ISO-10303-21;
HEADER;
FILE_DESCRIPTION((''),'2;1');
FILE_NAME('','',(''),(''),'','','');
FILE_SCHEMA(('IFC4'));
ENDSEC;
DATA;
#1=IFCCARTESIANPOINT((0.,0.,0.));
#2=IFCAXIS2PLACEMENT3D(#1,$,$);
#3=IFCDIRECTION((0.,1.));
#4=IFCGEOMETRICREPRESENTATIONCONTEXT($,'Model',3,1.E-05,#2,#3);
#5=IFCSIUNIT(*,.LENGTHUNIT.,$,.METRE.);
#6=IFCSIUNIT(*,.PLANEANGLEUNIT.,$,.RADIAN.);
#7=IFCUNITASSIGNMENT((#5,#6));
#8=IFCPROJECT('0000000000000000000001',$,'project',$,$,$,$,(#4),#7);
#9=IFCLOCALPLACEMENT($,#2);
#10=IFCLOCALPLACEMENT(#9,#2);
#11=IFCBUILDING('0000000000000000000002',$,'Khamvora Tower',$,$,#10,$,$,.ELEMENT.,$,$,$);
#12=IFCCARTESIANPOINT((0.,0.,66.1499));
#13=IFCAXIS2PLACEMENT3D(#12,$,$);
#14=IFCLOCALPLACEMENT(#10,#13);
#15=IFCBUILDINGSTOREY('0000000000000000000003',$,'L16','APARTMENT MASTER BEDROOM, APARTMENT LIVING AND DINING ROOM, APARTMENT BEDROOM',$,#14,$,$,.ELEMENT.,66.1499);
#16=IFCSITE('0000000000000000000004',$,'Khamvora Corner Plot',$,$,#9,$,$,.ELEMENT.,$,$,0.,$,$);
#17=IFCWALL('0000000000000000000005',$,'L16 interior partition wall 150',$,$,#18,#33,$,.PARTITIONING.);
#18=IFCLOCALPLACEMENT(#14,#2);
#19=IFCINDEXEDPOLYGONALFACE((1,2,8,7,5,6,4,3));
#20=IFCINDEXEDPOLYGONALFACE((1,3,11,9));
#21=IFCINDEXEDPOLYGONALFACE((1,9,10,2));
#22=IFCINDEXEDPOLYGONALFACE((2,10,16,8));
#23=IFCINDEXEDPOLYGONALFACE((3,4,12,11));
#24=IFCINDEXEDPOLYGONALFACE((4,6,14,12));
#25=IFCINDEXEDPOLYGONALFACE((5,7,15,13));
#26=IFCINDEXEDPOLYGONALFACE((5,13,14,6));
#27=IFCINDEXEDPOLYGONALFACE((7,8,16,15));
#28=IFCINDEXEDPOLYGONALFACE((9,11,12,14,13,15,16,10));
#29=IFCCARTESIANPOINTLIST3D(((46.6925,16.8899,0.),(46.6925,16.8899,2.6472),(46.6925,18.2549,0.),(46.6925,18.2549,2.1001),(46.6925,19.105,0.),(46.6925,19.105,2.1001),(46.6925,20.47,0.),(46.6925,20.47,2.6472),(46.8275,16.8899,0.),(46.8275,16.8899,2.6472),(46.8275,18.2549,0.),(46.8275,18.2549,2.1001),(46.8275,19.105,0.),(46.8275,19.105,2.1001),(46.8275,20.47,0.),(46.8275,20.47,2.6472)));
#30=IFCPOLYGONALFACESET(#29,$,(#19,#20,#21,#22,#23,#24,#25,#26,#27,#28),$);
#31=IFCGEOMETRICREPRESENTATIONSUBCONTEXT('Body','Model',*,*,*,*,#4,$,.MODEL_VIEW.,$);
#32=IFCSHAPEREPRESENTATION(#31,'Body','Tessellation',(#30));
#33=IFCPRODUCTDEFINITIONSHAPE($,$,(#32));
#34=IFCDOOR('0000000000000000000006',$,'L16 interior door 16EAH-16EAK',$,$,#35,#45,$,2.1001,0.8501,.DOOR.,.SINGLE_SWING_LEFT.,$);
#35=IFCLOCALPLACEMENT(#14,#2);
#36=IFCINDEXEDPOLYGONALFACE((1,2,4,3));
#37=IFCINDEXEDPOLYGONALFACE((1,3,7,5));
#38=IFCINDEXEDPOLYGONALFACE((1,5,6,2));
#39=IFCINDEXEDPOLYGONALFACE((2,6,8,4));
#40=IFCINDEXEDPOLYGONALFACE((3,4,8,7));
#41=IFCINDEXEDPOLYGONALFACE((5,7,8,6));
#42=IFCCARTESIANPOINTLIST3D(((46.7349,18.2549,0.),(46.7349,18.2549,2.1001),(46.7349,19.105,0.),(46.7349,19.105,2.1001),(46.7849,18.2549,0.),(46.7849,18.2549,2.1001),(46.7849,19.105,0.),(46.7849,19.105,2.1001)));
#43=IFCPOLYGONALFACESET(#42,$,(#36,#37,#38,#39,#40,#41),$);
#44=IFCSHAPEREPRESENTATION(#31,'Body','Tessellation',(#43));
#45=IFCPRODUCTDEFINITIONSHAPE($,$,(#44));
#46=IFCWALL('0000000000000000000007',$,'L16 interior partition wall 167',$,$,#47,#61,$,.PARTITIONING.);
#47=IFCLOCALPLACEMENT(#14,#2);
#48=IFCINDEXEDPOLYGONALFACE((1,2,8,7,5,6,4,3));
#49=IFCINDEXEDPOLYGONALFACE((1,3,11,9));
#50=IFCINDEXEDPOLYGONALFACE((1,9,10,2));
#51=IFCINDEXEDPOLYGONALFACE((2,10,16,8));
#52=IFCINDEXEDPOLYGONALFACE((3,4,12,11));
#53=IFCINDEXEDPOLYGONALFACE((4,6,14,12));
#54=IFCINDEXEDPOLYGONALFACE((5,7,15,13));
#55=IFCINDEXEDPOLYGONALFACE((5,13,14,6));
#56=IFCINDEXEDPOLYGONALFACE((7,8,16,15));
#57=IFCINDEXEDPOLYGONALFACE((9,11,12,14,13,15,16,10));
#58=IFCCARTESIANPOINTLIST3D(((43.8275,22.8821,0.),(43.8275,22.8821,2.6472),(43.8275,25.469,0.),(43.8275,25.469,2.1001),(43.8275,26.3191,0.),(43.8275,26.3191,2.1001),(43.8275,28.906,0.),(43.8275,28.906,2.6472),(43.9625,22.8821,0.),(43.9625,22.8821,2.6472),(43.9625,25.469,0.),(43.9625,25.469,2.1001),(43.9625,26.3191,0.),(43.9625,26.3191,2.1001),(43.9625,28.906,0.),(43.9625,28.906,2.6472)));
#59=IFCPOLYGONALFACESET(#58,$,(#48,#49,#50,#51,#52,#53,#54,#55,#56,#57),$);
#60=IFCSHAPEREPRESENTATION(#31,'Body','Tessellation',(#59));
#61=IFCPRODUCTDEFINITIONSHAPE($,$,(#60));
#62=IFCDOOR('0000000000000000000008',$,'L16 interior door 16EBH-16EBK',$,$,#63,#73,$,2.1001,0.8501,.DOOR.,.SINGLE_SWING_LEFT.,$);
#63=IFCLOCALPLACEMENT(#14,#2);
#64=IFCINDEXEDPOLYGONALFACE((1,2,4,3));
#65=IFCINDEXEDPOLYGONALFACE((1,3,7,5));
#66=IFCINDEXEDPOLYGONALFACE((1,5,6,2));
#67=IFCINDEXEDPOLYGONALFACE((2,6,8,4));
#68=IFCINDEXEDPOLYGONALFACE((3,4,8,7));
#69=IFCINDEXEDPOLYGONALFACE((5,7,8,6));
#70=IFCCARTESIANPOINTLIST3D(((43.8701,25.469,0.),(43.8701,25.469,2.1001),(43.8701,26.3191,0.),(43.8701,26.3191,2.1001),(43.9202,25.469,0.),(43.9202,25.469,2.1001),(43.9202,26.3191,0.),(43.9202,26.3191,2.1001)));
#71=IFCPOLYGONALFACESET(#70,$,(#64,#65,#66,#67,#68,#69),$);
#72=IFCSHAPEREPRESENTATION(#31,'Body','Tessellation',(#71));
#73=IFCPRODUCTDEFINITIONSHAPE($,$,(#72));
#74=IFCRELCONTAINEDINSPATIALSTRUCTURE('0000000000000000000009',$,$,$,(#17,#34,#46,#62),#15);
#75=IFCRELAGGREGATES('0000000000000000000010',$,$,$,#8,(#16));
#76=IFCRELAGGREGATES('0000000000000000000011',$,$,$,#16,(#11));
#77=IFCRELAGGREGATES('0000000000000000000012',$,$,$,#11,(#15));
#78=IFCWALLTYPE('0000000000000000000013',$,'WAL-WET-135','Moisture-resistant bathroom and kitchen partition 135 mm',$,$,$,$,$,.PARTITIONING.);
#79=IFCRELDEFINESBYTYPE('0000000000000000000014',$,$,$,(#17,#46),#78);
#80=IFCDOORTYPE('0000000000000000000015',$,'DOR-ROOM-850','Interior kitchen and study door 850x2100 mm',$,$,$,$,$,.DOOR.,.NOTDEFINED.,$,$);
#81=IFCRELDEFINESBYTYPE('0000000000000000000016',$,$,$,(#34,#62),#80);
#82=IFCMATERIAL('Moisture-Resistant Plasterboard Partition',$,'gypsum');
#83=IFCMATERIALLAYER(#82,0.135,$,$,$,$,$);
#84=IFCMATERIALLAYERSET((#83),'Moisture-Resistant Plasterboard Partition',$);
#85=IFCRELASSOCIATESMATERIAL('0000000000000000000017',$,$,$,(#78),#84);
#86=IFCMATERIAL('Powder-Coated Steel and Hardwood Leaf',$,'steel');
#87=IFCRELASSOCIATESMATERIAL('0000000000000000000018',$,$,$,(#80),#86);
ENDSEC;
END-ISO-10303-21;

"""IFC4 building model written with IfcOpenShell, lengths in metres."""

from ifc_helpers import new_model, si_unit, direction, frame, frame_2d, origin, place, context, subcontext, project, spatial, rectangle, extrude, material, layer, layer_set, type_object, element, fill, save


model = new_model("IFC4")

# Units and contexts
model_context = context("Model", 3, precision=1e-05, world=origin(), true_north=direction((0.0, 1.0)))
body_context = subcontext(model_context, "Body", "Model", "MODEL_VIEW")
ifc_project = project(units=[si_unit("LENGTHUNIT", "METRE"), si_unit("PLANEANGLEUNIT", "RADIAN")], contexts=[model_context])

# Site, building, storey
site_placement = place(None, origin())
site = spatial("IfcSite", under=ifc_project, at=site_placement, Name="Khamvora Corner Plot", CompositionType="ELEMENT", RefElevation=0.0)
building_placement = place(site_placement, origin())
building = spatial("IfcBuilding", under=site, at=building_placement, Name="Khamvora Tower", CompositionType="ELEMENT")
storey_placement = place(building_placement, frame((0.0, 0.0, 66.1499)))
storey = spatial("IfcBuildingStorey", under=building, at=storey_placement, Name="L16", Description="APARTMENT MASTER BEDROOM, APARTMENT LIVING AND DINING ROOM, APARTMENT BEDROOM", CompositionType="ELEMENT", Elevation=66.1499)

# Shared definitions
ifc_material_1 = material(Name="Powder-Coated Steel and Hardwood Leaf", Category="steel")

# Walls, openings, doors
ifc_material_2 = material(Name="Moisture-Resistant Plasterboard Partition", Category="gypsum")
ifc_layer_1 = layer(ifc_material_2, 0.135)
ifc_layer_set_1 = layer_set([ifc_layer_1], Name="Moisture-Resistant Plasterboard Partition")
wall_type_1 = type_object("IfcWallType", Name="WAL-WET-135", Description="Moisture-resistant bathroom and kitchen partition 135 mm", PredefinedType="PARTITIONING", material=ifc_layer_set_1)
wall_1_placement = place(storey_placement, frame((46.76, 20.47, 0.0), z_axis=(0.0, 0.0, 1.0), x_axis=(0.0, -1.0, 0.0)))
wall_1 = element("IfcWall", 1, at=wall_1_placement, inside=storey, type_object=wall_type_1, Name="L16 interior partition wall 150", PredefinedType="PARTITIONING", context=body_context, shape_type="SweptSolid", body=[
    extrude(rectangle(XDim=3.5801, YDim=0.135, at=frame_2d((1.79, 0.0))), origin(), (0.0, 0.0, 1.0), 2.6472),
])
opening_1_placement = place(wall_1_placement, frame((1.365, 0.0, 0.0)))
opening_1 = element("IfcOpeningElement", 2, at=opening_1_placement, cuts=wall_1, PredefinedType="OPENING", context=body_context, shape_type="SweptSolid", body=[
    extrude(rectangle(XDim=0.8501, YDim=2.1001, at=frame_2d((0.425, 1.05))), frame((0.0, 0.0774, 0.0), z_axis=(0.0, -1.0, 0.0), x_axis=(1.0, 0.0, 0.0)), (0.0, 0.0, 1.0), 0.155),
])
door_type_1 = type_object("IfcDoorType", Name="DOR-ROOM-850", Description="Interior kitchen and study door 850x2100 mm", OperationType="NOTDEFINED", PredefinedType="DOOR", material=ifc_material_1)
door_1_placement = place(opening_1_placement, origin())
door_1 = element("IfcDoor", 3, at=door_1_placement, inside=storey, type_object=door_type_1, Name="L16 interior door 16EAH-16EAK", OperationType="SINGLE_SWING_LEFT", OverallHeight=2.1001, OverallWidth=0.8501, PredefinedType="DOOR", context=body_context, shape_type="SweptSolid", body=[
    extrude(rectangle(XDim=0.8501, YDim=2.1001, at=frame_2d((0.425, 1.05))), frame((0.0, 0.0249, 0.0), z_axis=(0.0, -1.0, 0.0), x_axis=(1.0, 0.0, 0.0)), (0.0, 0.0, 1.0), 0.05),
])
fill(opening_1, door_1)
wall_2_placement = place(storey_placement, frame((43.895, 22.8821, 0.0), z_axis=(0.0, 0.0, 1.0), x_axis=(0.0, 1.0, 0.0)))
wall_2 = element("IfcWall", 4, at=wall_2_placement, inside=storey, type_object=wall_type_1, Name="L16 interior partition wall 167", PredefinedType="PARTITIONING", context=body_context, shape_type="SweptSolid", body=[
    extrude(rectangle(XDim=6.0239, YDim=0.135, at=frame_2d((3.012, 0.0))), origin(), (0.0, 0.0, 1.0), 2.6472),
])
opening_2_placement = place(wall_2_placement, frame((2.5869, 0.0, 0.0)))
opening_2 = element("IfcOpeningElement", 5, at=opening_2_placement, cuts=wall_2, PredefinedType="OPENING", context=body_context, shape_type="SweptSolid", body=[
    extrude(rectangle(XDim=0.8501, YDim=2.1001, at=frame_2d((0.425, 1.05))), frame((0.0, 0.0774, 0.0), z_axis=(0.0, -1.0, 0.0), x_axis=(1.0, 0.0, 0.0)), (0.0, 0.0, 1.0), 0.155),
])
door_2_placement = place(opening_2_placement, origin())
door_2 = element("IfcDoor", 6, at=door_2_placement, inside=storey, type_object=door_type_1, Name="L16 interior door 16EBH-16EBK", OperationType="SINGLE_SWING_LEFT", OverallHeight=2.1001, OverallWidth=0.8501, PredefinedType="DOOR", context=body_context, shape_type="SweptSolid", body=[
    extrude(rectangle(XDim=0.8501, YDim=2.1001, at=frame_2d((0.425, 1.05))), frame((0.0, 0.0249, 0.0), z_axis=(0.0, -1.0, 0.0), x_axis=(1.0, 0.0, 0.0)), (0.0, 0.0, 1.0), 0.05),
])
fill(opening_2, door_2)

save(model, "model.ifc")
